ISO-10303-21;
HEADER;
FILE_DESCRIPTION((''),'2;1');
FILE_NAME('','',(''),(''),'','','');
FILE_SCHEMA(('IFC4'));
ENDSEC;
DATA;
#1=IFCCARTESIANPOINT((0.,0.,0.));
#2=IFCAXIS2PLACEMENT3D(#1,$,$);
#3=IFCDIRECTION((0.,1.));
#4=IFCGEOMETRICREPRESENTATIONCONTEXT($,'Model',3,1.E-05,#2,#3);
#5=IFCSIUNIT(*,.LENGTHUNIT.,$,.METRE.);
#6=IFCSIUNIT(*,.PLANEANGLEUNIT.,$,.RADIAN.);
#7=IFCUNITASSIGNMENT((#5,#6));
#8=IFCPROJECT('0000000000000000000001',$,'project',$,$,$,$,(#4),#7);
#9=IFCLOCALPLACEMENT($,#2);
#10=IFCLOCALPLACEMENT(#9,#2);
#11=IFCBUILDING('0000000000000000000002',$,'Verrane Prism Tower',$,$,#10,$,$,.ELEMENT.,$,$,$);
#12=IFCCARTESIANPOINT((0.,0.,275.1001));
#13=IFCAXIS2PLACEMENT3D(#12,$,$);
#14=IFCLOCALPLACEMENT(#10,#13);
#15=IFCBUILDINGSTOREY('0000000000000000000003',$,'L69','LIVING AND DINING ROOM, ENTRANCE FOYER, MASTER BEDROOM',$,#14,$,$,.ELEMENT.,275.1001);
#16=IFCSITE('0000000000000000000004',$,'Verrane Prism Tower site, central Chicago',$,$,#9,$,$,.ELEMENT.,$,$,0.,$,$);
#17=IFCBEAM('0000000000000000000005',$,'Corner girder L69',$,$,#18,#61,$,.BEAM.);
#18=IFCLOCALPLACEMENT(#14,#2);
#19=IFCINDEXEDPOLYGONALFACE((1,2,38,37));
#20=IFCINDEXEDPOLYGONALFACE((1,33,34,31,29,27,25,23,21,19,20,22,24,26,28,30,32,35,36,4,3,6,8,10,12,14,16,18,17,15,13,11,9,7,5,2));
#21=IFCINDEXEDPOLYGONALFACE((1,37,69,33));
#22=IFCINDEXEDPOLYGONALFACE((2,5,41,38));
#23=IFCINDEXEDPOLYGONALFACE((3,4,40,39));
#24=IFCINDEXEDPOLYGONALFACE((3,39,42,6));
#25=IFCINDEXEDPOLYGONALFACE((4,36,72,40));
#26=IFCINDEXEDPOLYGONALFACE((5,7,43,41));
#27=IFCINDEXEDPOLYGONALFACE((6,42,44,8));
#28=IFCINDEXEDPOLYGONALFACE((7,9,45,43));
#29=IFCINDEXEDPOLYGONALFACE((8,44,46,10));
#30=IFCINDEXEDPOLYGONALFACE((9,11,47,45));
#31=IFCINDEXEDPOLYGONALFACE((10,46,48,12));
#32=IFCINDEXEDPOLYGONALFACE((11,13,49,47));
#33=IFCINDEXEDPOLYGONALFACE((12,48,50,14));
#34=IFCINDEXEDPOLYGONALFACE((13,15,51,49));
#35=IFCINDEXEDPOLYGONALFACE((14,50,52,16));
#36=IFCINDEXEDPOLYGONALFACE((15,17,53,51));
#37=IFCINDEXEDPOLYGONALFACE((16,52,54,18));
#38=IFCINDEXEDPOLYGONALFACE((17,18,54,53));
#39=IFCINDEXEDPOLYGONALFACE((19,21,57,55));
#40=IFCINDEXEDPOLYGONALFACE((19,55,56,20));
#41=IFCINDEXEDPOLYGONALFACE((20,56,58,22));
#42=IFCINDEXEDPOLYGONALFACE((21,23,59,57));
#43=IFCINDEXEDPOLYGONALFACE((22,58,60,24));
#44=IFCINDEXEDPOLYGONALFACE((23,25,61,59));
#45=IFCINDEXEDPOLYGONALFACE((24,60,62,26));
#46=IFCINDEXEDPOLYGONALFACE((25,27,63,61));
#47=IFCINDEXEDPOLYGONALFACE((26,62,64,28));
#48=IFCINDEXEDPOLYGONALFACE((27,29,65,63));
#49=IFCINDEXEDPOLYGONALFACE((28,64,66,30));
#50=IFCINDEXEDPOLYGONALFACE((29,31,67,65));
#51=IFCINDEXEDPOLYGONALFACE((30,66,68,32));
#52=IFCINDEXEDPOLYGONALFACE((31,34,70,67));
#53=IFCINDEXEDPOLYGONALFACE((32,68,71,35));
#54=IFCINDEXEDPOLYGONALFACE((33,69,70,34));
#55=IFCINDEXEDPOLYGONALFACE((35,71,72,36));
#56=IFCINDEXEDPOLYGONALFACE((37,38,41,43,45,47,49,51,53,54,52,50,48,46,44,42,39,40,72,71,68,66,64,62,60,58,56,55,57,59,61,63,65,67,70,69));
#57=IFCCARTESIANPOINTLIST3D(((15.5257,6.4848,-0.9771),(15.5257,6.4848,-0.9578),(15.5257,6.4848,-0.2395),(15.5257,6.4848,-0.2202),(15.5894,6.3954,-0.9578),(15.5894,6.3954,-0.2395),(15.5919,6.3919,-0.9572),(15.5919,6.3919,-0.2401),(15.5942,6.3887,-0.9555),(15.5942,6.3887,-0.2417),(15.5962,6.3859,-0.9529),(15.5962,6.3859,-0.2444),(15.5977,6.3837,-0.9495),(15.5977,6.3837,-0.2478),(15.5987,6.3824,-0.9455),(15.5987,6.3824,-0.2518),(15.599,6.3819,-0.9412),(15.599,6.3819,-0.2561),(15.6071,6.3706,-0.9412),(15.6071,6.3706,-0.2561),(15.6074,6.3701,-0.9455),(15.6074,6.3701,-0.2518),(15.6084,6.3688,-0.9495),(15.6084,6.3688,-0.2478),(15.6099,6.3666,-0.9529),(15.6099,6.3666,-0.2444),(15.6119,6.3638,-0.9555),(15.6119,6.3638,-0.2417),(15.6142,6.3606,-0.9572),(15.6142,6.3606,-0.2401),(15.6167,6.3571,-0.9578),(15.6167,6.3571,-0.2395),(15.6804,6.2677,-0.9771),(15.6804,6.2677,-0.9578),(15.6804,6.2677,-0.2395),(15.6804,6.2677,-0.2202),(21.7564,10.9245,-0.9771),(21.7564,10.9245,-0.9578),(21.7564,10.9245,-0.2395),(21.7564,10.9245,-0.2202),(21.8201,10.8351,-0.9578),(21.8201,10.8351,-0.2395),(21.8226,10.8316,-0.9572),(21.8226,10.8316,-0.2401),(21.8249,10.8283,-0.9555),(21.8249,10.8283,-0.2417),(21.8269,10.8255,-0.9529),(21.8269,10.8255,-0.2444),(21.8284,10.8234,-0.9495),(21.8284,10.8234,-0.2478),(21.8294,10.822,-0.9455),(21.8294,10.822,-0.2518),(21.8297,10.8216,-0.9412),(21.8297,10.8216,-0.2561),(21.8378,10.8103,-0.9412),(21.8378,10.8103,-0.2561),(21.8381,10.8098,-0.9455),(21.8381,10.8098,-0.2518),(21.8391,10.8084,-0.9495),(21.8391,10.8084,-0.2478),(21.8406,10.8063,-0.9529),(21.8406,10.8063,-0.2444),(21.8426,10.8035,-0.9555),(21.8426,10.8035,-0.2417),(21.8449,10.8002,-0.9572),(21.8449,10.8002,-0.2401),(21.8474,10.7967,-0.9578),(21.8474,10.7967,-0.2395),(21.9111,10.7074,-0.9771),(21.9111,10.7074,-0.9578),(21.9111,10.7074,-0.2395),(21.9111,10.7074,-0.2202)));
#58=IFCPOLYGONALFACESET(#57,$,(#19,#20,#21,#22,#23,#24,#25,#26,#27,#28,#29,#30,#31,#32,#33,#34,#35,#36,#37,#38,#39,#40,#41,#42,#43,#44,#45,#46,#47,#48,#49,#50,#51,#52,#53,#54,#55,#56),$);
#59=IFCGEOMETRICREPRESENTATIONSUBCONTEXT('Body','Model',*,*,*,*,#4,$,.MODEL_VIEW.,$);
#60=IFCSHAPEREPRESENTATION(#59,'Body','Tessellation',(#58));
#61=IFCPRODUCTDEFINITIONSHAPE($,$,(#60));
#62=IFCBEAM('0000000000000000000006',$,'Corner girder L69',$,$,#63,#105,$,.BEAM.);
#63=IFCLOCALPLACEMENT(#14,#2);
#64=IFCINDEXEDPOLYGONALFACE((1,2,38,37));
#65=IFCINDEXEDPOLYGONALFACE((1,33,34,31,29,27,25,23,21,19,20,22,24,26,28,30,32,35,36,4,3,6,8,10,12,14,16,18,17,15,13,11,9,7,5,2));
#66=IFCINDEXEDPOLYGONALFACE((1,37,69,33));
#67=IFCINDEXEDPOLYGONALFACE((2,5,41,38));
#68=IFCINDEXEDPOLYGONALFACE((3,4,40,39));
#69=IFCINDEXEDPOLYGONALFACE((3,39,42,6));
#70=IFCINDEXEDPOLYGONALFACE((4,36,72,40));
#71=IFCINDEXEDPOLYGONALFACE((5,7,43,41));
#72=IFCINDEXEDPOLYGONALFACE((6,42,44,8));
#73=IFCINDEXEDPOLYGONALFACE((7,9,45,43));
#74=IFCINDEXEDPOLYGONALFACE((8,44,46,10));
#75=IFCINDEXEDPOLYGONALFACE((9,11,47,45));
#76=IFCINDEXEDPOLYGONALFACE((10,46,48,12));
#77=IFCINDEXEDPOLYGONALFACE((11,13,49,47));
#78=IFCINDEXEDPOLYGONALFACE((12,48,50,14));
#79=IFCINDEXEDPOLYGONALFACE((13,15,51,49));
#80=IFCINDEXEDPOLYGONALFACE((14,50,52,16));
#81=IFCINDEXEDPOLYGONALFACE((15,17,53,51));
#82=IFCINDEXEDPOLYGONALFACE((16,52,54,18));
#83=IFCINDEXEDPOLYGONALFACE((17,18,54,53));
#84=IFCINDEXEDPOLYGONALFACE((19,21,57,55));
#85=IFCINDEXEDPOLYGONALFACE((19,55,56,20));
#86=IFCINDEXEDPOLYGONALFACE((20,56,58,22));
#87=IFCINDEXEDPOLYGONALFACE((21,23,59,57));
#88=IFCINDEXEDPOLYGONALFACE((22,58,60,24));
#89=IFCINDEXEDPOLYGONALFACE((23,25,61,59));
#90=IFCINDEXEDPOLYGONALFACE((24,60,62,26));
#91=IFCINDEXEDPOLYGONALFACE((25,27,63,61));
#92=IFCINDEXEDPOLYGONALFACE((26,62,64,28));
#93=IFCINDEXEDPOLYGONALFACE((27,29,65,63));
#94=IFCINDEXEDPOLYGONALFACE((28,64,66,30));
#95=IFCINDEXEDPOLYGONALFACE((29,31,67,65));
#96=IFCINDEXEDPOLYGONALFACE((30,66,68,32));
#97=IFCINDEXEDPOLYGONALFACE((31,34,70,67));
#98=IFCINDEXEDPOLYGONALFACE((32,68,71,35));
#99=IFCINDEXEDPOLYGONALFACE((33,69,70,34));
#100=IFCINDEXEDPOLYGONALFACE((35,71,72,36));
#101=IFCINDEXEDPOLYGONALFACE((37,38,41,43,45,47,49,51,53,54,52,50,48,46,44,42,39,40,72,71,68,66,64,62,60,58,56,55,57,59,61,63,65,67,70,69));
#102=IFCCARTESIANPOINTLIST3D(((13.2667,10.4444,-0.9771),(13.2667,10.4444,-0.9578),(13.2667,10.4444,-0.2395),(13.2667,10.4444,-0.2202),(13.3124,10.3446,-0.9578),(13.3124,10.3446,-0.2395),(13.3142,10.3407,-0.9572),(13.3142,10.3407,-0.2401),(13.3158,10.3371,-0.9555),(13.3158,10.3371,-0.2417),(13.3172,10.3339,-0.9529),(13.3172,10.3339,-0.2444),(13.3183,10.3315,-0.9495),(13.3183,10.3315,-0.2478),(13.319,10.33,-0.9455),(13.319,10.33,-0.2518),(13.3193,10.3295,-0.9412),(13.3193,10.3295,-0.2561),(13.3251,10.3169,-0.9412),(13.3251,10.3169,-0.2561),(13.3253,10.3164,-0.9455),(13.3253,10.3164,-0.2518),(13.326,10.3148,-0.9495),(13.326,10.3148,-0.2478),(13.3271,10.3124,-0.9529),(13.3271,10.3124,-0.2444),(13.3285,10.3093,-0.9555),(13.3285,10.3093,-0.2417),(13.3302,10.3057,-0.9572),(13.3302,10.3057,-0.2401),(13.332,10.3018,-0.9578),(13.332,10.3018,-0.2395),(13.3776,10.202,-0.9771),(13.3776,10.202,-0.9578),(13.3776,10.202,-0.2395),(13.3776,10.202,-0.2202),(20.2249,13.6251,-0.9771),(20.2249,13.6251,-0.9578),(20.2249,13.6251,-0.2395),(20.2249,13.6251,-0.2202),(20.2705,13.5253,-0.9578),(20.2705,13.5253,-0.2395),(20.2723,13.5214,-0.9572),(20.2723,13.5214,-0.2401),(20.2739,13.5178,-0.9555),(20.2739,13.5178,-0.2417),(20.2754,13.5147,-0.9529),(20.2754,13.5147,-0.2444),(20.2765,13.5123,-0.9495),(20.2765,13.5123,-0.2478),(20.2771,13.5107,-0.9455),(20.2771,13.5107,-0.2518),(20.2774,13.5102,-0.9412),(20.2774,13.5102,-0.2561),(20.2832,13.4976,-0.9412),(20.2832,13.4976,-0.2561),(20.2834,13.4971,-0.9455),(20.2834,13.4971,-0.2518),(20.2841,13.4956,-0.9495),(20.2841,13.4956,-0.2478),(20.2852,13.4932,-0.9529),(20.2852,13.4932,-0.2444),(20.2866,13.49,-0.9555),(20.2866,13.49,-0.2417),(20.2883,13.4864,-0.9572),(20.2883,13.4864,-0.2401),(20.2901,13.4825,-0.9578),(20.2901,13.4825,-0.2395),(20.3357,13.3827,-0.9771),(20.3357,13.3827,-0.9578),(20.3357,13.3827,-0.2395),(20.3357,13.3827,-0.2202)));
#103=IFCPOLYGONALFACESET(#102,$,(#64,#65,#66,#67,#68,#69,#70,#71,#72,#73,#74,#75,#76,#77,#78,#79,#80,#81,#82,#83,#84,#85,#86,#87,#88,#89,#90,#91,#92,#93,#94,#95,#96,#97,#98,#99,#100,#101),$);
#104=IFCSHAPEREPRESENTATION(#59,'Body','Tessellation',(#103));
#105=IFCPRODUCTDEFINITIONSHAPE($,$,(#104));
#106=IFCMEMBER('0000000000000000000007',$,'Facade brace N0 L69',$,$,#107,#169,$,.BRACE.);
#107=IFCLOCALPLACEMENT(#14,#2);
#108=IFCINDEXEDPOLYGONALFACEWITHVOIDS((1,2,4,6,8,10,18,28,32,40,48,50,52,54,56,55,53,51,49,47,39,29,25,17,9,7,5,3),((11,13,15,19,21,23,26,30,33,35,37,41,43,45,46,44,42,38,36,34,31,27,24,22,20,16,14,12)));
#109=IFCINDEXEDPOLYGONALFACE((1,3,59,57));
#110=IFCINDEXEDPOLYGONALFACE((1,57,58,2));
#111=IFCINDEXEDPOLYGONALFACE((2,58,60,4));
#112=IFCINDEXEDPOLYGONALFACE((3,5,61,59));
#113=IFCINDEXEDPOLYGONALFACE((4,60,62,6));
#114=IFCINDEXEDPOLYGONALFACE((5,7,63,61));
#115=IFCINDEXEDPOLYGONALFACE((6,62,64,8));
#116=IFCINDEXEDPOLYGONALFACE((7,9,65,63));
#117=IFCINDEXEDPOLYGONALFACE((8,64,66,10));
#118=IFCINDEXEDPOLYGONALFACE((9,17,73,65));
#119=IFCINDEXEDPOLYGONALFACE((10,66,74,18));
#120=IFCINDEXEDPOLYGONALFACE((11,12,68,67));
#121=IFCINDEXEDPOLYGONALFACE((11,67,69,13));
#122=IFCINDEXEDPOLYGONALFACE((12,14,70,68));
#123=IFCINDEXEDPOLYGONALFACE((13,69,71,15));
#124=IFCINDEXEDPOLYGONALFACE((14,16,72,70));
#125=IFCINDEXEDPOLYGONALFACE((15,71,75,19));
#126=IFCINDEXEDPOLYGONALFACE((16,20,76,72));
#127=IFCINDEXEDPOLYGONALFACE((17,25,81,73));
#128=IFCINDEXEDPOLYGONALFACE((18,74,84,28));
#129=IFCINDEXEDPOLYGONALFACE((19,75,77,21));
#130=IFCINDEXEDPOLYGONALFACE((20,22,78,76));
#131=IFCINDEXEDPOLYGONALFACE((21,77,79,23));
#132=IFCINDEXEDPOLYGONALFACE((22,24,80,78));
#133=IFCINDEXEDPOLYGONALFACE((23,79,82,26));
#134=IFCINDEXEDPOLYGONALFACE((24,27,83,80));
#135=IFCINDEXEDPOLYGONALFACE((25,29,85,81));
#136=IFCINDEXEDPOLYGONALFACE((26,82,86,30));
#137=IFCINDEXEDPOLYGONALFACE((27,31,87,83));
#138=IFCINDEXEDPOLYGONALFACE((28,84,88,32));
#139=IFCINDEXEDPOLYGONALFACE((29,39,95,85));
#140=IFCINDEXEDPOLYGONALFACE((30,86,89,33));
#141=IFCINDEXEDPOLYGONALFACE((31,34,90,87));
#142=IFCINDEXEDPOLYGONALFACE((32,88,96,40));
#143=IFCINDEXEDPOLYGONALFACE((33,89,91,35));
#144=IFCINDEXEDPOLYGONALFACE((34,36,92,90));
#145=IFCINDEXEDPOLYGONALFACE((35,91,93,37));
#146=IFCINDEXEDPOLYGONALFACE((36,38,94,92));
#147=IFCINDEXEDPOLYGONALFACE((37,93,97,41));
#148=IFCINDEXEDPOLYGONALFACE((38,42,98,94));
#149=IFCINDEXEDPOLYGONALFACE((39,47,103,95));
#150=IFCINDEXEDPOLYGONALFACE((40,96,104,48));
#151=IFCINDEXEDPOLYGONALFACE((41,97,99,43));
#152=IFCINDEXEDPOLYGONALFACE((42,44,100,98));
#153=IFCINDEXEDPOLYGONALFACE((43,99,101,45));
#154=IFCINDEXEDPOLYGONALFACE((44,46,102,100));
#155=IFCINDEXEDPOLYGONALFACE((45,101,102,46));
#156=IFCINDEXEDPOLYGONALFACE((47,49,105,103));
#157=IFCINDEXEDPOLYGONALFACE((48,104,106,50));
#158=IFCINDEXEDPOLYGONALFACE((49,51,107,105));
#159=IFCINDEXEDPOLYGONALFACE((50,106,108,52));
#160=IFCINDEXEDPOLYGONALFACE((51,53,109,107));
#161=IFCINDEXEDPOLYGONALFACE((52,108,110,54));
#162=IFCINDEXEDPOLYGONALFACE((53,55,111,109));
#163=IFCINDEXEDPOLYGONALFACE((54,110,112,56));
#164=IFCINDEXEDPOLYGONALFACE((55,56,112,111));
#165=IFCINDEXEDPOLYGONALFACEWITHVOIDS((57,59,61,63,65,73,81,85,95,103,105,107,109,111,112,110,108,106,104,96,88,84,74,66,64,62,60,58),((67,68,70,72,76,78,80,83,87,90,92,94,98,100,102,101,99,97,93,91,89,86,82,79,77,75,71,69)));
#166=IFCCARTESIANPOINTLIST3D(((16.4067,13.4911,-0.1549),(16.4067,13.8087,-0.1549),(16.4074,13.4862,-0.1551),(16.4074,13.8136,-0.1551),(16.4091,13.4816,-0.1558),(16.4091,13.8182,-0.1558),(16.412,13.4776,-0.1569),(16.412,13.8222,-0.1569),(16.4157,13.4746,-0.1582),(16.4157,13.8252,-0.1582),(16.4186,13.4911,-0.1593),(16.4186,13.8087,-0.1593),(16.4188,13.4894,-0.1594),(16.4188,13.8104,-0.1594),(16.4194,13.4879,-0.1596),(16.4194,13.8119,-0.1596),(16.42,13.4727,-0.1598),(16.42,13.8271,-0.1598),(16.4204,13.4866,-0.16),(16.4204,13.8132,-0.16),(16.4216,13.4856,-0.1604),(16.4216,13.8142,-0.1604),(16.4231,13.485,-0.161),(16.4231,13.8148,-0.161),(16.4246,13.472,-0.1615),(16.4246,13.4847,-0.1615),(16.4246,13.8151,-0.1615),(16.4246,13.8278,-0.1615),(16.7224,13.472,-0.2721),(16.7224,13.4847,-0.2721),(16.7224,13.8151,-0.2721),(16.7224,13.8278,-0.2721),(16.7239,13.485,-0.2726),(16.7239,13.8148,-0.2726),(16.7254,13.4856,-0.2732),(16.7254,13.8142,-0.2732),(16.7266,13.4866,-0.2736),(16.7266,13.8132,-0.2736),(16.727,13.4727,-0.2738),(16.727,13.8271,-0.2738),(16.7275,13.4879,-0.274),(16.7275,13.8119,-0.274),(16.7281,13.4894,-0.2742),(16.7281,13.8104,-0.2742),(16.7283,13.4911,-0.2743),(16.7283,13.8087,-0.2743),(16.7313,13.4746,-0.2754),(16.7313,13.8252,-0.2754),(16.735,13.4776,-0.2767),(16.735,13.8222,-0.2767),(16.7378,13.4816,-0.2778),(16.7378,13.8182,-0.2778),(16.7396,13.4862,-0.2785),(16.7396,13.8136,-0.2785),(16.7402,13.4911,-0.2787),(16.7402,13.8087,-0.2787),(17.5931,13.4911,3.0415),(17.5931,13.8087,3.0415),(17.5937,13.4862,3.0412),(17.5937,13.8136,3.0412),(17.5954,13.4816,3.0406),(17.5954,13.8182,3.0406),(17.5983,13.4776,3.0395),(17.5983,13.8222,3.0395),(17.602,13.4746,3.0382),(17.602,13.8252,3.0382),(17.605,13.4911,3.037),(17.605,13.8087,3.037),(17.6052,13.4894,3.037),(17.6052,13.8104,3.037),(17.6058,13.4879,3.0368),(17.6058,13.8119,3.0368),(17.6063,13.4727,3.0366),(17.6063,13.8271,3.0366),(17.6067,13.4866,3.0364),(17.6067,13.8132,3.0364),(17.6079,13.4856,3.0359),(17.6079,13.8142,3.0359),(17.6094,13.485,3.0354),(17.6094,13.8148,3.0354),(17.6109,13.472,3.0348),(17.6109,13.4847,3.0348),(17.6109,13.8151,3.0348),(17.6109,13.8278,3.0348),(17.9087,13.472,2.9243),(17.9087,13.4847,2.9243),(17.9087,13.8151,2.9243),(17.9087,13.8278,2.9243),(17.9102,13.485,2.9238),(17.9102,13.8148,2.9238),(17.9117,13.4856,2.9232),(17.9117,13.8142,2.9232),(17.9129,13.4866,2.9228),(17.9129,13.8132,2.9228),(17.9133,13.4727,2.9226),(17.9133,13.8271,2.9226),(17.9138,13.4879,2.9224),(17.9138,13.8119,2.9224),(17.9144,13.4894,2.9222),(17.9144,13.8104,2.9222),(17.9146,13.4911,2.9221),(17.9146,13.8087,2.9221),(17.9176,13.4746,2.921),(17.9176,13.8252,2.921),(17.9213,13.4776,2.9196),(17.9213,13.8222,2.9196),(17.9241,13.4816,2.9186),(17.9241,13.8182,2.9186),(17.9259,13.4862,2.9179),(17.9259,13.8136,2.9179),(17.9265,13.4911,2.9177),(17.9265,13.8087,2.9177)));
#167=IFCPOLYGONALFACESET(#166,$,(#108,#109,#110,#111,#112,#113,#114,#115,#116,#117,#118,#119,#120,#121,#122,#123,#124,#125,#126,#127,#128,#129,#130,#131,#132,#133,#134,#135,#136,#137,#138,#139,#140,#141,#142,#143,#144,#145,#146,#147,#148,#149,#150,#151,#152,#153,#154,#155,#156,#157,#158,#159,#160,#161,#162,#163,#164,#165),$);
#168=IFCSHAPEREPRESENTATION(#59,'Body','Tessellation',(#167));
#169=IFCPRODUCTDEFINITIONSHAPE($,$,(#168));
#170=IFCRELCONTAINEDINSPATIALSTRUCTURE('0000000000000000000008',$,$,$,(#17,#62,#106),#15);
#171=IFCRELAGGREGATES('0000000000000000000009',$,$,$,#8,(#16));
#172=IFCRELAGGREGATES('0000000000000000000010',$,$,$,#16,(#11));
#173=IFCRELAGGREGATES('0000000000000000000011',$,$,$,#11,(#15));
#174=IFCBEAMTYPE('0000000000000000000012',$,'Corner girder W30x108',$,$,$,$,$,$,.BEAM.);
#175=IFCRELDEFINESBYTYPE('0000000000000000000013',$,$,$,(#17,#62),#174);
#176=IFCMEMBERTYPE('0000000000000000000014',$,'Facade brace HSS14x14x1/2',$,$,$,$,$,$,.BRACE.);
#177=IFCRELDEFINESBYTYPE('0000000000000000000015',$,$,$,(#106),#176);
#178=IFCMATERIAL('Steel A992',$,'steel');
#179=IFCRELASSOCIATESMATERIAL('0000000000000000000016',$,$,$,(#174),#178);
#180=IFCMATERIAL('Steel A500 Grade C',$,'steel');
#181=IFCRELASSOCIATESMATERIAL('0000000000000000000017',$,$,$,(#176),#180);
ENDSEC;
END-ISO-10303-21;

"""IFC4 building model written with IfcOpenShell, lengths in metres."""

from ifc_helpers import new_model, si_unit, direction, frame, origin, origin_2d, place, context, subcontext, project, spatial, hollow_rectangle, i_section, extrude, material, material_profile, profile_set, type_object, element, save


model = new_model("IFC4")

# Units and contexts
model_context = context("Model", 3, precision=1e-05, world=origin(), true_north=direction((0.0, 1.0)))
body_context = subcontext(model_context, "Body", "Model", "MODEL_VIEW")
ifc_project = project(units=[si_unit("LENGTHUNIT", "METRE"), si_unit("PLANEANGLEUNIT", "RADIAN")], contexts=[model_context])

# Site, building, storey
site_placement = place(None, origin())
site = spatial("IfcSite", under=ifc_project, at=site_placement, Name="Verrane Prism Tower site, central Chicago", CompositionType="ELEMENT", RefElevation=0.0)
building_placement = place(site_placement, origin())
building = spatial("IfcBuilding", under=site, at=building_placement, Name="Verrane Prism Tower", CompositionType="ELEMENT")
storey_placement = place(building_placement, frame((0.0, 0.0, 275.1001)))
storey = spatial("IfcBuildingStorey", under=building, at=storey_placement, Name="L69", Description="LIVING AND DINING ROOM, ENTRANCE FOYER, MASTER BEDROOM", CompositionType="ELEMENT", Elevation=275.1001)

# Beams
ifc_material_1 = material(Name="Steel A992", Category="steel")
ifc_material_profile_1 = material_profile(ifc_material_1, i_section(OverallWidth=0.2666, OverallDepth=0.7568, WebThickness=0.0139, FlangeThickness=0.0193, FilletRadius=0.0166, at=origin_2d()), Name="W30x108")
ifc_profile_set_1 = profile_set([ifc_material_profile_1], Name="Steel A992")
beam_type_1 = type_object("IfcBeamType", Name="Corner girder W30x108", PredefinedType="BEAM", material=ifc_profile_set_1)
for number, where, z_axis, x_axis, name in (
    (1, (21.8337, 10.8159, -0.5986), (-0.814401, -0.580302, 0.0), (0.580302, -0.814401, 0.0), "Corner girder L69"),
    (2, (20.2803, 13.5039, -0.5986), (-0.909481, -0.415745, 0.0), (0.415745, -0.909481, 0.0), "Corner girder L69"),
):
    element("IfcBeam", number, at=place(storey_placement, frame(where, z_axis=z_axis, x_axis=x_axis)), inside=storey, type_object=beam_type_1, Name=name, PredefinedType="BEAM", context=body_context, shape_type="SweptSolid", body=[
        extrude(i_section(OverallWidth=0.2666, OverallDepth=0.7568, WebThickness=0.0139, FlangeThickness=0.0193, FilletRadius=0.0166, at=origin_2d()), origin(), (0.0, 0.0, 1.0), 7.6506),
    ])

# Member
ifc_material_2 = material(Name="Steel A500 Grade C", Category="steel")
ifc_material_profile_2 = material_profile(ifc_material_2, hollow_rectangle(XDim=0.3557, YDim=0.3557, WallThickness=0.0127, InnerFilletRadius=0.0063, OuterFilletRadius=0.019, at=origin_2d()), Name="HSS14x14x1/2")
ifc_profile_set_2 = profile_set([ifc_material_profile_2], Name="Steel A500 Grade C")
member_type_1 = type_object("IfcMemberType", Name="Facade brace HSS14x14x1/2", PredefinedType="BRACE", material=ifc_profile_set_2)
member_1_placement = place(storey_placement, frame((16.5735, 13.6499, -0.2168), z_axis=(0.347951, 0.0, 0.937513), x_axis=(0.0, 1.0, 0.0)))
element("IfcMember", 3, at=member_1_placement, inside=storey, type_object=member_type_1, Name="Facade brace N0 L69", PredefinedType="BRACE", context=body_context, shape_type="SweptSolid", body=[
    extrude(hollow_rectangle(XDim=0.3557, YDim=0.3557, WallThickness=0.0127, InnerFilletRadius=0.0063, OuterFilletRadius=0.019, at=origin_2d()), origin(), (0.0, 0.0, 1.0), 3.4094),
])

save(model, "model.ifc")
